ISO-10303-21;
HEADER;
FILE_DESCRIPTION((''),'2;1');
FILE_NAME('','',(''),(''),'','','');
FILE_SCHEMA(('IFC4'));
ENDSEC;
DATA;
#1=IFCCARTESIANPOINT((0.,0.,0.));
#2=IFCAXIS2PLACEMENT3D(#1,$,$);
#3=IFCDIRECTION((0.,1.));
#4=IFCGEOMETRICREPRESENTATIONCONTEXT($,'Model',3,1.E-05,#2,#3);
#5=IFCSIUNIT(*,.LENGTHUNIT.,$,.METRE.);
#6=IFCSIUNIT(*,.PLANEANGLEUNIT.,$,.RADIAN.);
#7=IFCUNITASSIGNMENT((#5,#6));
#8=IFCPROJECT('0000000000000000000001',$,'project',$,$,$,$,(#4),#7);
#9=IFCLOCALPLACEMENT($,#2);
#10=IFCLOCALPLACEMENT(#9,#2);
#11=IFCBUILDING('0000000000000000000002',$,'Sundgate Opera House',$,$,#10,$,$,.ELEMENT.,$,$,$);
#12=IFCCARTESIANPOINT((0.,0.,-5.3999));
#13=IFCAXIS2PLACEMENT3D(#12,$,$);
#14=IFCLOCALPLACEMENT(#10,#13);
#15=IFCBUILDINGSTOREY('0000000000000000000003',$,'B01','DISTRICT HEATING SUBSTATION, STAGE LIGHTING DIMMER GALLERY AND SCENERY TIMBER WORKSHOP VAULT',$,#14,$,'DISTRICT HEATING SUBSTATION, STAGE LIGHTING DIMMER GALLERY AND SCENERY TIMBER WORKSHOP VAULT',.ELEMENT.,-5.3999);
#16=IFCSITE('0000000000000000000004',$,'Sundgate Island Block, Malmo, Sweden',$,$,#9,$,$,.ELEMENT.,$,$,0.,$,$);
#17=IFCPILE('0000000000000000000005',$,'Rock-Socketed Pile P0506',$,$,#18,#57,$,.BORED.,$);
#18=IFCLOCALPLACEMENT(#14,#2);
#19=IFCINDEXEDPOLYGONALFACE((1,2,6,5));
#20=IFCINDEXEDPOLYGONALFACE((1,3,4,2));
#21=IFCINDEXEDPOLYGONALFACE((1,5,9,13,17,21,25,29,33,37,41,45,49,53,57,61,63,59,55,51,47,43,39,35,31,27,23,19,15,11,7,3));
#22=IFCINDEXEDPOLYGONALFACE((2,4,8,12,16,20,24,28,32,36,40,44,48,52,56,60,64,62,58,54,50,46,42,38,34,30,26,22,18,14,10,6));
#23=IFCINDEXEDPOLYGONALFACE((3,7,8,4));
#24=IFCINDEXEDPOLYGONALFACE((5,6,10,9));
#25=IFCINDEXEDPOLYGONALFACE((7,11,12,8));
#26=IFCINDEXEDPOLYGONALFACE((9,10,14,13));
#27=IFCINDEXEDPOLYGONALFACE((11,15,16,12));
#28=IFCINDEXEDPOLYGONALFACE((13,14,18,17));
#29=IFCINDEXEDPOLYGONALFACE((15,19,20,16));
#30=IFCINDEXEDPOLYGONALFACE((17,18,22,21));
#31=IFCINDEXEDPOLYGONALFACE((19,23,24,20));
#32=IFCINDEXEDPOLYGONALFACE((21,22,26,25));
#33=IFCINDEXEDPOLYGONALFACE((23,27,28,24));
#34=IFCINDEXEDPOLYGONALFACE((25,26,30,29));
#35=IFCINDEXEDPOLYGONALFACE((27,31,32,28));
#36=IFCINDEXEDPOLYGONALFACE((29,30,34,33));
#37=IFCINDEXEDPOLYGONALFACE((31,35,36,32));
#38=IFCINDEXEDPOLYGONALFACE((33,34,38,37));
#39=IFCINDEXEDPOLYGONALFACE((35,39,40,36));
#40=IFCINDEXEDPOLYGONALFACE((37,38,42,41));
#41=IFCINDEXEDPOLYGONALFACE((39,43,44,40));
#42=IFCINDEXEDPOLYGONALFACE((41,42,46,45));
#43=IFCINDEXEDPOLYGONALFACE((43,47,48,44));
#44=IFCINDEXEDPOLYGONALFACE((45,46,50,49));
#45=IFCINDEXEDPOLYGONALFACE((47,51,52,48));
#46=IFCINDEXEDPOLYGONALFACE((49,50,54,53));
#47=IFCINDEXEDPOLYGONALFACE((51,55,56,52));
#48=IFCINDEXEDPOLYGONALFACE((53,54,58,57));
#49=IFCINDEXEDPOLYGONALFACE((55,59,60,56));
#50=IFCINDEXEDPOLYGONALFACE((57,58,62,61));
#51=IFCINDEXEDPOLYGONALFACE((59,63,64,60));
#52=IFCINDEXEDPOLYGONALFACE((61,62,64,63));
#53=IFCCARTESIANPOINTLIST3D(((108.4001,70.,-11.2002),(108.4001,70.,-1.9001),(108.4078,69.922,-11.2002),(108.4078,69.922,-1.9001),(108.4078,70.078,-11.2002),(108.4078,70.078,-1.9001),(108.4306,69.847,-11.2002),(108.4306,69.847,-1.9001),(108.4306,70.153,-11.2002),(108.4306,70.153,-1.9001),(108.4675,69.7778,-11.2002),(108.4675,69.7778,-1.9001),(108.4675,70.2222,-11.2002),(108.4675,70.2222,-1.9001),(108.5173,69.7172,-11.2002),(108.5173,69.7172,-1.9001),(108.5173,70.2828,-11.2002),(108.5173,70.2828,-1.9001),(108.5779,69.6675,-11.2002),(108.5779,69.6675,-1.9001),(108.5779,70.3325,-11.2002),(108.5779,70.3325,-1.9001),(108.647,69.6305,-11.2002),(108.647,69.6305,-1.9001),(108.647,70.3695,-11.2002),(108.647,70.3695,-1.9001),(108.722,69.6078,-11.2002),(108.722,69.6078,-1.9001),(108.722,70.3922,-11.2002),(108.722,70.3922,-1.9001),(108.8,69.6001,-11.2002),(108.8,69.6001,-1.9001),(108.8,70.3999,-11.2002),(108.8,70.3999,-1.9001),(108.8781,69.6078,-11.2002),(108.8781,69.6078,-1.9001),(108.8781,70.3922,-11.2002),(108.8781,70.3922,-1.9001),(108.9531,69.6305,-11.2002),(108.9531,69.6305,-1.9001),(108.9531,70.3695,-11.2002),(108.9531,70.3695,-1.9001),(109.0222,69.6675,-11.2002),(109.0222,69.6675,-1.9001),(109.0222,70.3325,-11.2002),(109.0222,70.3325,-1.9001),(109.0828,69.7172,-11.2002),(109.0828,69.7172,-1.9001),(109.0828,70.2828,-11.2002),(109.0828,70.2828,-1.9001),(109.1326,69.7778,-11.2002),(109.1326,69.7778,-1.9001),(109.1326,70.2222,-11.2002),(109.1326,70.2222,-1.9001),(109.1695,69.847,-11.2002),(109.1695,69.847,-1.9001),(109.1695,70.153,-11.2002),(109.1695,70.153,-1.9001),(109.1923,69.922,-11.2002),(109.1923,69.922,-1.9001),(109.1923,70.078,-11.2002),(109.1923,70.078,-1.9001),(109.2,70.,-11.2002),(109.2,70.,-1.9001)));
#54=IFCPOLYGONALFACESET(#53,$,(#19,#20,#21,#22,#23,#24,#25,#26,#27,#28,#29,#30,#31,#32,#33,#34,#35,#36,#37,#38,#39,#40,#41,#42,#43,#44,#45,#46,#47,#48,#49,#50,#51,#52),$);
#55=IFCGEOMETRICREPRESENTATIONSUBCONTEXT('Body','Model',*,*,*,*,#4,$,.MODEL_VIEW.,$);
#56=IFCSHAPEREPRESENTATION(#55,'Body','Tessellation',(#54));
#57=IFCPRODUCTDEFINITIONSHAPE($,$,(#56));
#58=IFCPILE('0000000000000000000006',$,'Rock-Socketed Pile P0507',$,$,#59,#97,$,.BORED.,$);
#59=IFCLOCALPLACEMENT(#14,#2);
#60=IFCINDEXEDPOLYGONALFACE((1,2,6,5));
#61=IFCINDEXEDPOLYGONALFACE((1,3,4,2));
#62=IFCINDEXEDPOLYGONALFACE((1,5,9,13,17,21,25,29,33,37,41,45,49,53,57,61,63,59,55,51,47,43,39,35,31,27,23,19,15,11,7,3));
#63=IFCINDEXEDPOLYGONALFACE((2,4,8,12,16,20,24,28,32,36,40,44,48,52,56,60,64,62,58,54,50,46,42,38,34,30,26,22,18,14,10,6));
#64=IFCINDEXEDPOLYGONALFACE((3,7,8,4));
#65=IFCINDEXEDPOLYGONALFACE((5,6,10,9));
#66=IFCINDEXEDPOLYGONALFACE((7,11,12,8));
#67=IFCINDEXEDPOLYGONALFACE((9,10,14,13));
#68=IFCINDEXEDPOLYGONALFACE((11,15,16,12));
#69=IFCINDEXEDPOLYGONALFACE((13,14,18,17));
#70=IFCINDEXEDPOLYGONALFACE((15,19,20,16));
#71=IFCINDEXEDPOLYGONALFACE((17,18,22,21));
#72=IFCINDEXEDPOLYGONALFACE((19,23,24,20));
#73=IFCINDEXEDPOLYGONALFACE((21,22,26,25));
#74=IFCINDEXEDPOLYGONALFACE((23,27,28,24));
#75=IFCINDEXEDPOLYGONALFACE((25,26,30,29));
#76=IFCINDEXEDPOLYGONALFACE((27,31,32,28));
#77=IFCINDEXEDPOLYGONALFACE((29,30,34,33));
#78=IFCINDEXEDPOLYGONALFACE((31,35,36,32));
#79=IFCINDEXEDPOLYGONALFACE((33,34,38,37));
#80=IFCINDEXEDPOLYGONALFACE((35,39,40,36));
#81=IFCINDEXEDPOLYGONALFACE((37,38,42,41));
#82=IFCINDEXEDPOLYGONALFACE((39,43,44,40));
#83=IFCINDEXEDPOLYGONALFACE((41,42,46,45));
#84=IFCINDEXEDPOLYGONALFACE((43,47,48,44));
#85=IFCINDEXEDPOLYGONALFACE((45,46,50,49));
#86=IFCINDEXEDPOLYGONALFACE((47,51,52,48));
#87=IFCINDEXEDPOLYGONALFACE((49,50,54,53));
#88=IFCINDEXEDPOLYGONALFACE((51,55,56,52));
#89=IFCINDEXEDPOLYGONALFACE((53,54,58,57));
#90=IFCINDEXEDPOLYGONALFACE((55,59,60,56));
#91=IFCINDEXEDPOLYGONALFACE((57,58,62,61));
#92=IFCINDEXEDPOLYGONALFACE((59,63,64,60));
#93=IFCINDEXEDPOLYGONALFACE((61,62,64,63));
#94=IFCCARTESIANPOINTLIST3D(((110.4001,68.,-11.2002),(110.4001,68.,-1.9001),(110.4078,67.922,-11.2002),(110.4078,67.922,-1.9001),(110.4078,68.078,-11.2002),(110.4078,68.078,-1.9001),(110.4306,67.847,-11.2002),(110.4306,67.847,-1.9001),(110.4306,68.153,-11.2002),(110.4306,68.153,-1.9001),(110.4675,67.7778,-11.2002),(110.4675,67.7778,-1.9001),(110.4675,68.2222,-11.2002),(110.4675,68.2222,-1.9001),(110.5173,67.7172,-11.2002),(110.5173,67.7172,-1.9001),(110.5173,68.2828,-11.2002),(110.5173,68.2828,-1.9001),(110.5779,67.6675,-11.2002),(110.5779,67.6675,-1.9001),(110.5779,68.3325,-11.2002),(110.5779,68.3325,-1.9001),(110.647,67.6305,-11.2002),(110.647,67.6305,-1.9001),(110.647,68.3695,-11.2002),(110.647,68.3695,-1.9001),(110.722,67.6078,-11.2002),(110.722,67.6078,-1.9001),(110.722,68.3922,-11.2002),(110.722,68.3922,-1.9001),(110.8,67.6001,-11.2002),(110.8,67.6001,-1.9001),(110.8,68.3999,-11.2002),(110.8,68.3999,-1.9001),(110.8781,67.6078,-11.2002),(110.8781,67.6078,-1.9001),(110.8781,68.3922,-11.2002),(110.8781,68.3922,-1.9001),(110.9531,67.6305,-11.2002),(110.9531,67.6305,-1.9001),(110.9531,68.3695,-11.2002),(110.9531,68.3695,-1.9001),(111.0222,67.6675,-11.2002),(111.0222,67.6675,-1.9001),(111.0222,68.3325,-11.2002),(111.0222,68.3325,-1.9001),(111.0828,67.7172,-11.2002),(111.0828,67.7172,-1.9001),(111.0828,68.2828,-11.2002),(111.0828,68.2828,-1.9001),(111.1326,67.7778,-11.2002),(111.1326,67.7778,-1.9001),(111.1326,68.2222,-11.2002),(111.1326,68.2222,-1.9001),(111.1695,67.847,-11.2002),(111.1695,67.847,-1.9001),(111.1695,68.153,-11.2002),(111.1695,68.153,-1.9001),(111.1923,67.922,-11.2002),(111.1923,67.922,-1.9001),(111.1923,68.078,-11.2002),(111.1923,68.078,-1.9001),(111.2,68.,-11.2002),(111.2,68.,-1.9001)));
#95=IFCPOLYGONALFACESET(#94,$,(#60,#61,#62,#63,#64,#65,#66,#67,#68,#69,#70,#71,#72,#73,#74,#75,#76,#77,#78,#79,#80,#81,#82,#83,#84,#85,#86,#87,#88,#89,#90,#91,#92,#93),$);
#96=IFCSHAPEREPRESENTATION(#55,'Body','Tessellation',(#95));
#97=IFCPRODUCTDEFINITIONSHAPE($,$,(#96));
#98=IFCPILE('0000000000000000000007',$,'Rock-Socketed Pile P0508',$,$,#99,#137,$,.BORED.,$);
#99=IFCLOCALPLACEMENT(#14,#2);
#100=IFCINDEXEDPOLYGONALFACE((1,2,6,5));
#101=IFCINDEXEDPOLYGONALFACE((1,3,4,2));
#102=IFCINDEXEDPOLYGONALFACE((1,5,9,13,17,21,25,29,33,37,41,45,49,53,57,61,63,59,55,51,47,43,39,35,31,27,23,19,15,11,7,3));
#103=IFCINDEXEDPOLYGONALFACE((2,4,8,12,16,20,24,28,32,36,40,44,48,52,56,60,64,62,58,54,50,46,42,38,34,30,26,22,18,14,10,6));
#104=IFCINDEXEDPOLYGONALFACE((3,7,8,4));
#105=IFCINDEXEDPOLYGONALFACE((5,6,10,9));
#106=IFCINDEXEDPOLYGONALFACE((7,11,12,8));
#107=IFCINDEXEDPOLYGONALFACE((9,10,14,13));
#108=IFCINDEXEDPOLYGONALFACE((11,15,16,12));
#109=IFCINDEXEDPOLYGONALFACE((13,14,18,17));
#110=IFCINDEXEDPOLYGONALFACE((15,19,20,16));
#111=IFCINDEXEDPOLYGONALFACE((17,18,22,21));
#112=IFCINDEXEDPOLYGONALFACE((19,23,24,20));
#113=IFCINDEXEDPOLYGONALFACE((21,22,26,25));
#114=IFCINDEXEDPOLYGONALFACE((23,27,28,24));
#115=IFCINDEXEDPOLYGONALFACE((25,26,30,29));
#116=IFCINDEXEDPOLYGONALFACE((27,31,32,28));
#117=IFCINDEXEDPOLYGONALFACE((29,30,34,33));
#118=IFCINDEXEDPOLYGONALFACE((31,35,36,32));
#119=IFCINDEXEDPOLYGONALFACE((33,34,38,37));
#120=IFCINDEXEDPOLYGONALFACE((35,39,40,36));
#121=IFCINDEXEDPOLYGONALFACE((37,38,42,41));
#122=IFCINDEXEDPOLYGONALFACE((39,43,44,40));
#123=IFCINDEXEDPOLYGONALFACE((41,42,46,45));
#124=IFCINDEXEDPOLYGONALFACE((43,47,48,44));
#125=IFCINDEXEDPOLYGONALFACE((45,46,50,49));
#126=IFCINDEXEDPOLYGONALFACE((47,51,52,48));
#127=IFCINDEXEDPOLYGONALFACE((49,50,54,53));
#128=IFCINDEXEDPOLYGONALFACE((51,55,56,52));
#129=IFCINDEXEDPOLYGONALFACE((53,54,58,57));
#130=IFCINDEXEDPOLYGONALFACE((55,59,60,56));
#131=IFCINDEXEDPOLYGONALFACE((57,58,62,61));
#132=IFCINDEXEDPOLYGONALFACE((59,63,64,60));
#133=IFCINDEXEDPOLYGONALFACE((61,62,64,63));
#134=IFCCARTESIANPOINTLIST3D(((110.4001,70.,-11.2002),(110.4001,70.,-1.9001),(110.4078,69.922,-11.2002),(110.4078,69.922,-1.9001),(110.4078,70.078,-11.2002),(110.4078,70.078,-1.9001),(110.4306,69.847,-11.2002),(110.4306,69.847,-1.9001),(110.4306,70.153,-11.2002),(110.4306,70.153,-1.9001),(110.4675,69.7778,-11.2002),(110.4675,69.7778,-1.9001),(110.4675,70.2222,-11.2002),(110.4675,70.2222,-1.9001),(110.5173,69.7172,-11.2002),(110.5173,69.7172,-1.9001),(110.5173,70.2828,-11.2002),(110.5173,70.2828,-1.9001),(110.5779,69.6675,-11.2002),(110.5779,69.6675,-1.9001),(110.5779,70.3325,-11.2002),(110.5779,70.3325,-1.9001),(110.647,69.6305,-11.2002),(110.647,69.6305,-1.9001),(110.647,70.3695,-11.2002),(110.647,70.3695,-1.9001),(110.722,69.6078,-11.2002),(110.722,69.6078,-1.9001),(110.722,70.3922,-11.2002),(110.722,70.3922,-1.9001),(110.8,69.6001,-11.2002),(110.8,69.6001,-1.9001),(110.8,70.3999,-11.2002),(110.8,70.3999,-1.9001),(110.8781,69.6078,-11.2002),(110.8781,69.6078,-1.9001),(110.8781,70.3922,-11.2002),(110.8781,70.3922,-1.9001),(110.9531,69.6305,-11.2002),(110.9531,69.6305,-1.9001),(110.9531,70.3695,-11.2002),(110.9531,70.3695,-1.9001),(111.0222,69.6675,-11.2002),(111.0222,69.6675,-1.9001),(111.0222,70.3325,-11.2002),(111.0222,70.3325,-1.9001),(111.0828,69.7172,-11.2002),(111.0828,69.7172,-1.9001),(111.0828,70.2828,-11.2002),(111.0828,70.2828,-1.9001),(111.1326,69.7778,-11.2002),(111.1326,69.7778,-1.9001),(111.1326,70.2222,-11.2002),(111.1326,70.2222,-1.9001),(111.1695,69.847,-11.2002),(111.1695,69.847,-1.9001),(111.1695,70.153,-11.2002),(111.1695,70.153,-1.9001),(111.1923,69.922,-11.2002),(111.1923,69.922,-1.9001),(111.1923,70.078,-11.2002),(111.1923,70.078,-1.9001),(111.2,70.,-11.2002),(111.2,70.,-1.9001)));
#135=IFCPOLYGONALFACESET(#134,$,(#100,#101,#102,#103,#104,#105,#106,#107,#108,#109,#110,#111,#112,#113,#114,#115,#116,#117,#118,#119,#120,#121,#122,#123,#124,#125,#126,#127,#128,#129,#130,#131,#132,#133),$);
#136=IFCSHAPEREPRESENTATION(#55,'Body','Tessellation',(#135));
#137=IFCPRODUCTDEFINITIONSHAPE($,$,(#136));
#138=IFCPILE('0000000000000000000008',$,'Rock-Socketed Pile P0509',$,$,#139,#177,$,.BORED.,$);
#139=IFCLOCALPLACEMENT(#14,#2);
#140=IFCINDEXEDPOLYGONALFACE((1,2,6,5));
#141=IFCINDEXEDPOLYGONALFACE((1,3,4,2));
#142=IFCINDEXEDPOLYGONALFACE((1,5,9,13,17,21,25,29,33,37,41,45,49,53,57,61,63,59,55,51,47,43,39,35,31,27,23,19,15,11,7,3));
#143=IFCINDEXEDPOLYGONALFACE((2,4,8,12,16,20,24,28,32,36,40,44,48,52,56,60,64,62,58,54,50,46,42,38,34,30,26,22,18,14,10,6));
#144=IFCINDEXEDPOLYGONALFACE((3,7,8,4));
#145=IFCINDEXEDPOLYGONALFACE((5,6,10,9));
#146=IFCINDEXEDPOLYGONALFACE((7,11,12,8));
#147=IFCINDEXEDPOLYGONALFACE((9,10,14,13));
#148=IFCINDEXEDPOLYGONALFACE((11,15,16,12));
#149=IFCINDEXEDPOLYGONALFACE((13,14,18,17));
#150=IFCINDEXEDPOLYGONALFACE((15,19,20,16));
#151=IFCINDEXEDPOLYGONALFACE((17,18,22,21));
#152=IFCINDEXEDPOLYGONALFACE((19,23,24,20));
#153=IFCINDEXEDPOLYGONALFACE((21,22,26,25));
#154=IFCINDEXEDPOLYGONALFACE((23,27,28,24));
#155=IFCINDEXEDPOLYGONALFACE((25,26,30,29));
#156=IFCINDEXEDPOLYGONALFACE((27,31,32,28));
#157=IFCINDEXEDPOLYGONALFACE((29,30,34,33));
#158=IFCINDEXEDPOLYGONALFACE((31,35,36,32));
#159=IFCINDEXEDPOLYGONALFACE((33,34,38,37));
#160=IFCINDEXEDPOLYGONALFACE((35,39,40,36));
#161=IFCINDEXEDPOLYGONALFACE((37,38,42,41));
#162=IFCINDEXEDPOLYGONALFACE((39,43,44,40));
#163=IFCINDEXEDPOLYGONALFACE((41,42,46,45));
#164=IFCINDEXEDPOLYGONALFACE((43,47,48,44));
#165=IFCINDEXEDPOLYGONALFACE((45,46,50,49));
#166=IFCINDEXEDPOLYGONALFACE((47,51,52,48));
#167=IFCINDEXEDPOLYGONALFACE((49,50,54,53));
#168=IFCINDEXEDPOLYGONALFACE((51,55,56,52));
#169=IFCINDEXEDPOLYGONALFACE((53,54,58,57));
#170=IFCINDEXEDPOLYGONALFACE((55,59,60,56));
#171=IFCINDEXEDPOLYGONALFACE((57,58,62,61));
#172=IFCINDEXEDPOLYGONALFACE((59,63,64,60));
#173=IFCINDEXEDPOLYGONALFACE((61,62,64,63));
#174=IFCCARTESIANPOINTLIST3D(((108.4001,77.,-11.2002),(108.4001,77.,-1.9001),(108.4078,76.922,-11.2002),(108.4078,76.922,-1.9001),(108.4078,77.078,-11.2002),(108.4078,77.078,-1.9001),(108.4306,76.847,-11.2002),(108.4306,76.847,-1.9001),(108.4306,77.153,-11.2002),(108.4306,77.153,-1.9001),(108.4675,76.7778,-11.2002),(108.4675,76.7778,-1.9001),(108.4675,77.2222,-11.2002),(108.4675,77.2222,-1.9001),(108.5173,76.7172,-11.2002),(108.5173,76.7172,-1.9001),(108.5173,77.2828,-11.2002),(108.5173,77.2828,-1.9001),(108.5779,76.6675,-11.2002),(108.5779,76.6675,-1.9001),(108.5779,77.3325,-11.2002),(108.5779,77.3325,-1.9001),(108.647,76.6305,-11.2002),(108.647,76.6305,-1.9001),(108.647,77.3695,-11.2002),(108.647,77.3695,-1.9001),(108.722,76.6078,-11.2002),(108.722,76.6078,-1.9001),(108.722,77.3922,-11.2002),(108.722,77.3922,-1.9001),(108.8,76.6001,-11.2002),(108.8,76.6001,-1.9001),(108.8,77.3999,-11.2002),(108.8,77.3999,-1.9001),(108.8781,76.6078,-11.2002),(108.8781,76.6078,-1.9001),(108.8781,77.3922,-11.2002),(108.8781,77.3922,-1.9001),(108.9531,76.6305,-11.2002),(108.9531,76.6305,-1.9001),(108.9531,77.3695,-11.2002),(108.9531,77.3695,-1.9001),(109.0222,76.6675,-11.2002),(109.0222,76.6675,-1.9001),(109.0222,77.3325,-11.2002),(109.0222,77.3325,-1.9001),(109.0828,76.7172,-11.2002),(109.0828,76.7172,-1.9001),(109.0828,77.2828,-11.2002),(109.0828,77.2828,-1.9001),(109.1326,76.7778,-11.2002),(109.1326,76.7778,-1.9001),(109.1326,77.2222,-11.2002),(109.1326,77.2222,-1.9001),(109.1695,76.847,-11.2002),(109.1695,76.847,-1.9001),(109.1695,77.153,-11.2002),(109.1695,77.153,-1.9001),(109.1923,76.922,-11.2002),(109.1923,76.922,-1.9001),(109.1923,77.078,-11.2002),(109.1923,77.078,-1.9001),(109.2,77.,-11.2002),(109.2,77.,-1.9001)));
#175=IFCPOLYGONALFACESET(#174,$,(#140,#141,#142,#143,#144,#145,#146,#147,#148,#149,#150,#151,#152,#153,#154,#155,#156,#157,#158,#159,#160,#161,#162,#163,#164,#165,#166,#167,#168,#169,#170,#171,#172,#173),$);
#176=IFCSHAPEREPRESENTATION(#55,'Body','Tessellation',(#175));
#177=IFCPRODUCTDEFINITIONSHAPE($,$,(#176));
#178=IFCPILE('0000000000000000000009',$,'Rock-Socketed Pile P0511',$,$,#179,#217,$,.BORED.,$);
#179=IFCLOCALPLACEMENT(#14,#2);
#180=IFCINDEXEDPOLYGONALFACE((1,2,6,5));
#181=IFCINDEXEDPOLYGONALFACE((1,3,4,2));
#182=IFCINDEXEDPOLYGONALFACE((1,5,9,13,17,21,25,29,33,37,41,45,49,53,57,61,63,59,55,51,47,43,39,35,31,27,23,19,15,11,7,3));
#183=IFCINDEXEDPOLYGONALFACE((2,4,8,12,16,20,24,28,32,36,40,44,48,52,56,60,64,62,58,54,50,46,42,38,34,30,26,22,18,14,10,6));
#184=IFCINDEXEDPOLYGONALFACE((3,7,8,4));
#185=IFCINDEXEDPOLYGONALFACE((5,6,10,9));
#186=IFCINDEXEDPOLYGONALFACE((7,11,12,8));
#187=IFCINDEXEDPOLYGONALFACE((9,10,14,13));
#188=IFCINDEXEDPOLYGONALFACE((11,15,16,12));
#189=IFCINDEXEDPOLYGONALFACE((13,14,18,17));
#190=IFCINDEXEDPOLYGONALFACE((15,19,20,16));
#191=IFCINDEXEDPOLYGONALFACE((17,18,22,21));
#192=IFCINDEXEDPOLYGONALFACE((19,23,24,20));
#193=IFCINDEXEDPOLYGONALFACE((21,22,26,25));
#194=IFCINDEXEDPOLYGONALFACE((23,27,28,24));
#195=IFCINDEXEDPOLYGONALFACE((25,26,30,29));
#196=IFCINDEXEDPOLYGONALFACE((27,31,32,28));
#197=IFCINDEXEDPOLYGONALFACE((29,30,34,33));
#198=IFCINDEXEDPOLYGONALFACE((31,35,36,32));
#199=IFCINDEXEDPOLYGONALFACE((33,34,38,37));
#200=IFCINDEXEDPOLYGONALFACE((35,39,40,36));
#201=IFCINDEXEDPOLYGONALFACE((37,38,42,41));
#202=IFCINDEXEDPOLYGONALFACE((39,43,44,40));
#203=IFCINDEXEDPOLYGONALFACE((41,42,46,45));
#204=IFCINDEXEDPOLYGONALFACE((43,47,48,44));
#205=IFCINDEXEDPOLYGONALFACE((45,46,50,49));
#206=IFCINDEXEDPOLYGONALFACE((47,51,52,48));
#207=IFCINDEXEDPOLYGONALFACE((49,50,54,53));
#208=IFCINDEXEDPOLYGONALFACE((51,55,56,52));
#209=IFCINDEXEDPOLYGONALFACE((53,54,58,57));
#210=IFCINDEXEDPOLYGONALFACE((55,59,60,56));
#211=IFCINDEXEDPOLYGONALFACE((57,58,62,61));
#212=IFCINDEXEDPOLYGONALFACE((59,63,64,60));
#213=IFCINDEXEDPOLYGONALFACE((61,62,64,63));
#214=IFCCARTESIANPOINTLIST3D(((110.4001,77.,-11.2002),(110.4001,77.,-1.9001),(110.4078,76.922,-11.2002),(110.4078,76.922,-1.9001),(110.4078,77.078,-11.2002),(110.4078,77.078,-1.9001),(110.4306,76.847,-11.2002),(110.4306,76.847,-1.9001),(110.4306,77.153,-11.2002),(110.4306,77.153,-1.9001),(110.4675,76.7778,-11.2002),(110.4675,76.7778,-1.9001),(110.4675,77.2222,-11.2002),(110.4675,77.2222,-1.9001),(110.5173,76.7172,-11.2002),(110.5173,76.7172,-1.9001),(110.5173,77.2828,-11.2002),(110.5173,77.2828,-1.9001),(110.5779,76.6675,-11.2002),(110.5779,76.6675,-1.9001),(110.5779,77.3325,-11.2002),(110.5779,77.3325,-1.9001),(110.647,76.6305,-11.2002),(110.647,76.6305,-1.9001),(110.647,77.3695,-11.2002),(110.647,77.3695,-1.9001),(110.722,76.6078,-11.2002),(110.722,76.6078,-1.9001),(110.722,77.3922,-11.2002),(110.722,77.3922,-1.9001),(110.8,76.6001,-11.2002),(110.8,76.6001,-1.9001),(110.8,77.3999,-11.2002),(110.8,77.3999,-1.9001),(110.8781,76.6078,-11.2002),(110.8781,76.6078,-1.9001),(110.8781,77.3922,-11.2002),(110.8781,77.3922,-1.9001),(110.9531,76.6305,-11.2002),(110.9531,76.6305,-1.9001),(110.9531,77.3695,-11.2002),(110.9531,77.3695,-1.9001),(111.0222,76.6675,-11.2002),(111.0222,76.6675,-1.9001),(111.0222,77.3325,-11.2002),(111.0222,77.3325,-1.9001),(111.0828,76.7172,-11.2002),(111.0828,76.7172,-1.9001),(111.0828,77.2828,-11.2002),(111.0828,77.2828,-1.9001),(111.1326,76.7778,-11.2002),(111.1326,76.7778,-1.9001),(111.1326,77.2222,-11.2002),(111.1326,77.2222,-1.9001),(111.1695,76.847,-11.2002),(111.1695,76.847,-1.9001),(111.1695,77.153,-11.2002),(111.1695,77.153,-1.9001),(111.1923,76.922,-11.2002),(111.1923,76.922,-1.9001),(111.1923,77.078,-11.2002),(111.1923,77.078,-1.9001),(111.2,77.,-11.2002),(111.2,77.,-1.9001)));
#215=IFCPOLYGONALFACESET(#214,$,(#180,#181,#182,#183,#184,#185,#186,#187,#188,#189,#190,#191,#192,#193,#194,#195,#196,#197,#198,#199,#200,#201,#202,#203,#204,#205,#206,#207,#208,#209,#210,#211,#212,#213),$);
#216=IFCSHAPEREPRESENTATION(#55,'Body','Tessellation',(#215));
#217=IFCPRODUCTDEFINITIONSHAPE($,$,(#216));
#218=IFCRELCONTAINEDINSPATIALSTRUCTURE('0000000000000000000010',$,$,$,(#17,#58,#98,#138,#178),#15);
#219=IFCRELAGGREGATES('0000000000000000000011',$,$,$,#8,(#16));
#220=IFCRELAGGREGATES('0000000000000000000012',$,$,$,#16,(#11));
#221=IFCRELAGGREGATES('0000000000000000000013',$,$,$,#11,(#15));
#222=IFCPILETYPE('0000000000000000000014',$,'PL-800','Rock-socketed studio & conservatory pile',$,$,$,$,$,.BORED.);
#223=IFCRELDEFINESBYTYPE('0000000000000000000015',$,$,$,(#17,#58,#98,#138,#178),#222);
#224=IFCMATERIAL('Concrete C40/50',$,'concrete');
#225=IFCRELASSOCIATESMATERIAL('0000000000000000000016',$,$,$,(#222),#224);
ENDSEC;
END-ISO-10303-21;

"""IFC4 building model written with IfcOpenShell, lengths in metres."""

from ifc_helpers import new_model, si_unit, direction, frame, origin, origin_2d, place, context, subcontext, project, spatial, circle, extrude, material, material_profile, profile_set, type_object, element, save


model = new_model("IFC4")

# Units and contexts
model_context = context("Model", 3, precision=1e-05, world=origin(), true_north=direction((0.0, 1.0)))
body_context = subcontext(model_context, "Body", "Model", "MODEL_VIEW")
ifc_project = project(units=[si_unit("LENGTHUNIT", "METRE"), si_unit("PLANEANGLEUNIT", "RADIAN")], contexts=[model_context])

# Site, building, storey
site_placement = place(None, origin())
site = spatial("IfcSite", under=ifc_project, at=site_placement, Name="Sundgate Island Block, Malmo, Sweden", CompositionType="ELEMENT", RefElevation=0.0)
building_placement = place(site_placement, origin())
building = spatial("IfcBuilding", under=site, at=building_placement, Name="Sundgate Opera House", CompositionType="ELEMENT")
storey_placement = place(building_placement, frame((0.0, 0.0, -5.3999)))
storey = spatial("IfcBuildingStorey", under=building, at=storey_placement, Name="B01", Description="DISTRICT HEATING SUBSTATION, STAGE LIGHTING DIMMER GALLERY AND SCENERY TIMBER WORKSHOP VAULT", LongName="DISTRICT HEATING SUBSTATION, STAGE LIGHTING DIMMER GALLERY AND SCENERY TIMBER WORKSHOP VAULT", CompositionType="ELEMENT", Elevation=-5.3999)

# Piles
ifc_material_1 = material(Name="Concrete C40/50", Category="concrete")
ifc_material_profile_1 = material_profile(ifc_material_1, circle(Radius=0.3999, at=origin_2d()), Name="PILE D800")
ifc_profile_set_1 = profile_set([ifc_material_profile_1], Name="Concrete C40/50")
pile_type = type_object("IfcPileType", Name="PL-800", Description="Rock-socketed studio & conservatory pile", PredefinedType="BORED", material=ifc_profile_set_1)
for number, where, z_axis, x_axis, name in (
    (1, (108.8, 70.0, -1.9001), (0.0, 0.0, -1.0), (1.0, 0.0, 0.0), "Rock-Socketed Pile P0506"),
    (2, (110.8, 68.0, -1.9001), (0.0, 0.0, -1.0), (1.0, 0.0, 0.0), "Rock-Socketed Pile P0507"),
    (3, (110.8, 70.0, -1.9001), (0.0, 0.0, -1.0), (1.0, 0.0, 0.0), "Rock-Socketed Pile P0508"),
    (4, (108.8, 77.0, -1.9001), (0.0, 0.0, -1.0), (1.0, 0.0, 0.0), "Rock-Socketed Pile P0509"),
    (5, (110.8, 77.0, -1.9001), (0.0, 0.0, -1.0), (1.0, 0.0, 0.0), "Rock-Socketed Pile P0511"),
):
    element("IfcPile", number, at=place(storey_placement, frame(where, z_axis=z_axis, x_axis=x_axis)), inside=storey, type_object=pile_type, Name=name, PredefinedType="BORED", context=body_context, shape_type="SweptSolid", body=[
        extrude(circle(Radius=0.3999, at=origin_2d()), origin(), (0.0, 0.0, 1.0), 9.3),
    ])

save(model, "model.ifc")
